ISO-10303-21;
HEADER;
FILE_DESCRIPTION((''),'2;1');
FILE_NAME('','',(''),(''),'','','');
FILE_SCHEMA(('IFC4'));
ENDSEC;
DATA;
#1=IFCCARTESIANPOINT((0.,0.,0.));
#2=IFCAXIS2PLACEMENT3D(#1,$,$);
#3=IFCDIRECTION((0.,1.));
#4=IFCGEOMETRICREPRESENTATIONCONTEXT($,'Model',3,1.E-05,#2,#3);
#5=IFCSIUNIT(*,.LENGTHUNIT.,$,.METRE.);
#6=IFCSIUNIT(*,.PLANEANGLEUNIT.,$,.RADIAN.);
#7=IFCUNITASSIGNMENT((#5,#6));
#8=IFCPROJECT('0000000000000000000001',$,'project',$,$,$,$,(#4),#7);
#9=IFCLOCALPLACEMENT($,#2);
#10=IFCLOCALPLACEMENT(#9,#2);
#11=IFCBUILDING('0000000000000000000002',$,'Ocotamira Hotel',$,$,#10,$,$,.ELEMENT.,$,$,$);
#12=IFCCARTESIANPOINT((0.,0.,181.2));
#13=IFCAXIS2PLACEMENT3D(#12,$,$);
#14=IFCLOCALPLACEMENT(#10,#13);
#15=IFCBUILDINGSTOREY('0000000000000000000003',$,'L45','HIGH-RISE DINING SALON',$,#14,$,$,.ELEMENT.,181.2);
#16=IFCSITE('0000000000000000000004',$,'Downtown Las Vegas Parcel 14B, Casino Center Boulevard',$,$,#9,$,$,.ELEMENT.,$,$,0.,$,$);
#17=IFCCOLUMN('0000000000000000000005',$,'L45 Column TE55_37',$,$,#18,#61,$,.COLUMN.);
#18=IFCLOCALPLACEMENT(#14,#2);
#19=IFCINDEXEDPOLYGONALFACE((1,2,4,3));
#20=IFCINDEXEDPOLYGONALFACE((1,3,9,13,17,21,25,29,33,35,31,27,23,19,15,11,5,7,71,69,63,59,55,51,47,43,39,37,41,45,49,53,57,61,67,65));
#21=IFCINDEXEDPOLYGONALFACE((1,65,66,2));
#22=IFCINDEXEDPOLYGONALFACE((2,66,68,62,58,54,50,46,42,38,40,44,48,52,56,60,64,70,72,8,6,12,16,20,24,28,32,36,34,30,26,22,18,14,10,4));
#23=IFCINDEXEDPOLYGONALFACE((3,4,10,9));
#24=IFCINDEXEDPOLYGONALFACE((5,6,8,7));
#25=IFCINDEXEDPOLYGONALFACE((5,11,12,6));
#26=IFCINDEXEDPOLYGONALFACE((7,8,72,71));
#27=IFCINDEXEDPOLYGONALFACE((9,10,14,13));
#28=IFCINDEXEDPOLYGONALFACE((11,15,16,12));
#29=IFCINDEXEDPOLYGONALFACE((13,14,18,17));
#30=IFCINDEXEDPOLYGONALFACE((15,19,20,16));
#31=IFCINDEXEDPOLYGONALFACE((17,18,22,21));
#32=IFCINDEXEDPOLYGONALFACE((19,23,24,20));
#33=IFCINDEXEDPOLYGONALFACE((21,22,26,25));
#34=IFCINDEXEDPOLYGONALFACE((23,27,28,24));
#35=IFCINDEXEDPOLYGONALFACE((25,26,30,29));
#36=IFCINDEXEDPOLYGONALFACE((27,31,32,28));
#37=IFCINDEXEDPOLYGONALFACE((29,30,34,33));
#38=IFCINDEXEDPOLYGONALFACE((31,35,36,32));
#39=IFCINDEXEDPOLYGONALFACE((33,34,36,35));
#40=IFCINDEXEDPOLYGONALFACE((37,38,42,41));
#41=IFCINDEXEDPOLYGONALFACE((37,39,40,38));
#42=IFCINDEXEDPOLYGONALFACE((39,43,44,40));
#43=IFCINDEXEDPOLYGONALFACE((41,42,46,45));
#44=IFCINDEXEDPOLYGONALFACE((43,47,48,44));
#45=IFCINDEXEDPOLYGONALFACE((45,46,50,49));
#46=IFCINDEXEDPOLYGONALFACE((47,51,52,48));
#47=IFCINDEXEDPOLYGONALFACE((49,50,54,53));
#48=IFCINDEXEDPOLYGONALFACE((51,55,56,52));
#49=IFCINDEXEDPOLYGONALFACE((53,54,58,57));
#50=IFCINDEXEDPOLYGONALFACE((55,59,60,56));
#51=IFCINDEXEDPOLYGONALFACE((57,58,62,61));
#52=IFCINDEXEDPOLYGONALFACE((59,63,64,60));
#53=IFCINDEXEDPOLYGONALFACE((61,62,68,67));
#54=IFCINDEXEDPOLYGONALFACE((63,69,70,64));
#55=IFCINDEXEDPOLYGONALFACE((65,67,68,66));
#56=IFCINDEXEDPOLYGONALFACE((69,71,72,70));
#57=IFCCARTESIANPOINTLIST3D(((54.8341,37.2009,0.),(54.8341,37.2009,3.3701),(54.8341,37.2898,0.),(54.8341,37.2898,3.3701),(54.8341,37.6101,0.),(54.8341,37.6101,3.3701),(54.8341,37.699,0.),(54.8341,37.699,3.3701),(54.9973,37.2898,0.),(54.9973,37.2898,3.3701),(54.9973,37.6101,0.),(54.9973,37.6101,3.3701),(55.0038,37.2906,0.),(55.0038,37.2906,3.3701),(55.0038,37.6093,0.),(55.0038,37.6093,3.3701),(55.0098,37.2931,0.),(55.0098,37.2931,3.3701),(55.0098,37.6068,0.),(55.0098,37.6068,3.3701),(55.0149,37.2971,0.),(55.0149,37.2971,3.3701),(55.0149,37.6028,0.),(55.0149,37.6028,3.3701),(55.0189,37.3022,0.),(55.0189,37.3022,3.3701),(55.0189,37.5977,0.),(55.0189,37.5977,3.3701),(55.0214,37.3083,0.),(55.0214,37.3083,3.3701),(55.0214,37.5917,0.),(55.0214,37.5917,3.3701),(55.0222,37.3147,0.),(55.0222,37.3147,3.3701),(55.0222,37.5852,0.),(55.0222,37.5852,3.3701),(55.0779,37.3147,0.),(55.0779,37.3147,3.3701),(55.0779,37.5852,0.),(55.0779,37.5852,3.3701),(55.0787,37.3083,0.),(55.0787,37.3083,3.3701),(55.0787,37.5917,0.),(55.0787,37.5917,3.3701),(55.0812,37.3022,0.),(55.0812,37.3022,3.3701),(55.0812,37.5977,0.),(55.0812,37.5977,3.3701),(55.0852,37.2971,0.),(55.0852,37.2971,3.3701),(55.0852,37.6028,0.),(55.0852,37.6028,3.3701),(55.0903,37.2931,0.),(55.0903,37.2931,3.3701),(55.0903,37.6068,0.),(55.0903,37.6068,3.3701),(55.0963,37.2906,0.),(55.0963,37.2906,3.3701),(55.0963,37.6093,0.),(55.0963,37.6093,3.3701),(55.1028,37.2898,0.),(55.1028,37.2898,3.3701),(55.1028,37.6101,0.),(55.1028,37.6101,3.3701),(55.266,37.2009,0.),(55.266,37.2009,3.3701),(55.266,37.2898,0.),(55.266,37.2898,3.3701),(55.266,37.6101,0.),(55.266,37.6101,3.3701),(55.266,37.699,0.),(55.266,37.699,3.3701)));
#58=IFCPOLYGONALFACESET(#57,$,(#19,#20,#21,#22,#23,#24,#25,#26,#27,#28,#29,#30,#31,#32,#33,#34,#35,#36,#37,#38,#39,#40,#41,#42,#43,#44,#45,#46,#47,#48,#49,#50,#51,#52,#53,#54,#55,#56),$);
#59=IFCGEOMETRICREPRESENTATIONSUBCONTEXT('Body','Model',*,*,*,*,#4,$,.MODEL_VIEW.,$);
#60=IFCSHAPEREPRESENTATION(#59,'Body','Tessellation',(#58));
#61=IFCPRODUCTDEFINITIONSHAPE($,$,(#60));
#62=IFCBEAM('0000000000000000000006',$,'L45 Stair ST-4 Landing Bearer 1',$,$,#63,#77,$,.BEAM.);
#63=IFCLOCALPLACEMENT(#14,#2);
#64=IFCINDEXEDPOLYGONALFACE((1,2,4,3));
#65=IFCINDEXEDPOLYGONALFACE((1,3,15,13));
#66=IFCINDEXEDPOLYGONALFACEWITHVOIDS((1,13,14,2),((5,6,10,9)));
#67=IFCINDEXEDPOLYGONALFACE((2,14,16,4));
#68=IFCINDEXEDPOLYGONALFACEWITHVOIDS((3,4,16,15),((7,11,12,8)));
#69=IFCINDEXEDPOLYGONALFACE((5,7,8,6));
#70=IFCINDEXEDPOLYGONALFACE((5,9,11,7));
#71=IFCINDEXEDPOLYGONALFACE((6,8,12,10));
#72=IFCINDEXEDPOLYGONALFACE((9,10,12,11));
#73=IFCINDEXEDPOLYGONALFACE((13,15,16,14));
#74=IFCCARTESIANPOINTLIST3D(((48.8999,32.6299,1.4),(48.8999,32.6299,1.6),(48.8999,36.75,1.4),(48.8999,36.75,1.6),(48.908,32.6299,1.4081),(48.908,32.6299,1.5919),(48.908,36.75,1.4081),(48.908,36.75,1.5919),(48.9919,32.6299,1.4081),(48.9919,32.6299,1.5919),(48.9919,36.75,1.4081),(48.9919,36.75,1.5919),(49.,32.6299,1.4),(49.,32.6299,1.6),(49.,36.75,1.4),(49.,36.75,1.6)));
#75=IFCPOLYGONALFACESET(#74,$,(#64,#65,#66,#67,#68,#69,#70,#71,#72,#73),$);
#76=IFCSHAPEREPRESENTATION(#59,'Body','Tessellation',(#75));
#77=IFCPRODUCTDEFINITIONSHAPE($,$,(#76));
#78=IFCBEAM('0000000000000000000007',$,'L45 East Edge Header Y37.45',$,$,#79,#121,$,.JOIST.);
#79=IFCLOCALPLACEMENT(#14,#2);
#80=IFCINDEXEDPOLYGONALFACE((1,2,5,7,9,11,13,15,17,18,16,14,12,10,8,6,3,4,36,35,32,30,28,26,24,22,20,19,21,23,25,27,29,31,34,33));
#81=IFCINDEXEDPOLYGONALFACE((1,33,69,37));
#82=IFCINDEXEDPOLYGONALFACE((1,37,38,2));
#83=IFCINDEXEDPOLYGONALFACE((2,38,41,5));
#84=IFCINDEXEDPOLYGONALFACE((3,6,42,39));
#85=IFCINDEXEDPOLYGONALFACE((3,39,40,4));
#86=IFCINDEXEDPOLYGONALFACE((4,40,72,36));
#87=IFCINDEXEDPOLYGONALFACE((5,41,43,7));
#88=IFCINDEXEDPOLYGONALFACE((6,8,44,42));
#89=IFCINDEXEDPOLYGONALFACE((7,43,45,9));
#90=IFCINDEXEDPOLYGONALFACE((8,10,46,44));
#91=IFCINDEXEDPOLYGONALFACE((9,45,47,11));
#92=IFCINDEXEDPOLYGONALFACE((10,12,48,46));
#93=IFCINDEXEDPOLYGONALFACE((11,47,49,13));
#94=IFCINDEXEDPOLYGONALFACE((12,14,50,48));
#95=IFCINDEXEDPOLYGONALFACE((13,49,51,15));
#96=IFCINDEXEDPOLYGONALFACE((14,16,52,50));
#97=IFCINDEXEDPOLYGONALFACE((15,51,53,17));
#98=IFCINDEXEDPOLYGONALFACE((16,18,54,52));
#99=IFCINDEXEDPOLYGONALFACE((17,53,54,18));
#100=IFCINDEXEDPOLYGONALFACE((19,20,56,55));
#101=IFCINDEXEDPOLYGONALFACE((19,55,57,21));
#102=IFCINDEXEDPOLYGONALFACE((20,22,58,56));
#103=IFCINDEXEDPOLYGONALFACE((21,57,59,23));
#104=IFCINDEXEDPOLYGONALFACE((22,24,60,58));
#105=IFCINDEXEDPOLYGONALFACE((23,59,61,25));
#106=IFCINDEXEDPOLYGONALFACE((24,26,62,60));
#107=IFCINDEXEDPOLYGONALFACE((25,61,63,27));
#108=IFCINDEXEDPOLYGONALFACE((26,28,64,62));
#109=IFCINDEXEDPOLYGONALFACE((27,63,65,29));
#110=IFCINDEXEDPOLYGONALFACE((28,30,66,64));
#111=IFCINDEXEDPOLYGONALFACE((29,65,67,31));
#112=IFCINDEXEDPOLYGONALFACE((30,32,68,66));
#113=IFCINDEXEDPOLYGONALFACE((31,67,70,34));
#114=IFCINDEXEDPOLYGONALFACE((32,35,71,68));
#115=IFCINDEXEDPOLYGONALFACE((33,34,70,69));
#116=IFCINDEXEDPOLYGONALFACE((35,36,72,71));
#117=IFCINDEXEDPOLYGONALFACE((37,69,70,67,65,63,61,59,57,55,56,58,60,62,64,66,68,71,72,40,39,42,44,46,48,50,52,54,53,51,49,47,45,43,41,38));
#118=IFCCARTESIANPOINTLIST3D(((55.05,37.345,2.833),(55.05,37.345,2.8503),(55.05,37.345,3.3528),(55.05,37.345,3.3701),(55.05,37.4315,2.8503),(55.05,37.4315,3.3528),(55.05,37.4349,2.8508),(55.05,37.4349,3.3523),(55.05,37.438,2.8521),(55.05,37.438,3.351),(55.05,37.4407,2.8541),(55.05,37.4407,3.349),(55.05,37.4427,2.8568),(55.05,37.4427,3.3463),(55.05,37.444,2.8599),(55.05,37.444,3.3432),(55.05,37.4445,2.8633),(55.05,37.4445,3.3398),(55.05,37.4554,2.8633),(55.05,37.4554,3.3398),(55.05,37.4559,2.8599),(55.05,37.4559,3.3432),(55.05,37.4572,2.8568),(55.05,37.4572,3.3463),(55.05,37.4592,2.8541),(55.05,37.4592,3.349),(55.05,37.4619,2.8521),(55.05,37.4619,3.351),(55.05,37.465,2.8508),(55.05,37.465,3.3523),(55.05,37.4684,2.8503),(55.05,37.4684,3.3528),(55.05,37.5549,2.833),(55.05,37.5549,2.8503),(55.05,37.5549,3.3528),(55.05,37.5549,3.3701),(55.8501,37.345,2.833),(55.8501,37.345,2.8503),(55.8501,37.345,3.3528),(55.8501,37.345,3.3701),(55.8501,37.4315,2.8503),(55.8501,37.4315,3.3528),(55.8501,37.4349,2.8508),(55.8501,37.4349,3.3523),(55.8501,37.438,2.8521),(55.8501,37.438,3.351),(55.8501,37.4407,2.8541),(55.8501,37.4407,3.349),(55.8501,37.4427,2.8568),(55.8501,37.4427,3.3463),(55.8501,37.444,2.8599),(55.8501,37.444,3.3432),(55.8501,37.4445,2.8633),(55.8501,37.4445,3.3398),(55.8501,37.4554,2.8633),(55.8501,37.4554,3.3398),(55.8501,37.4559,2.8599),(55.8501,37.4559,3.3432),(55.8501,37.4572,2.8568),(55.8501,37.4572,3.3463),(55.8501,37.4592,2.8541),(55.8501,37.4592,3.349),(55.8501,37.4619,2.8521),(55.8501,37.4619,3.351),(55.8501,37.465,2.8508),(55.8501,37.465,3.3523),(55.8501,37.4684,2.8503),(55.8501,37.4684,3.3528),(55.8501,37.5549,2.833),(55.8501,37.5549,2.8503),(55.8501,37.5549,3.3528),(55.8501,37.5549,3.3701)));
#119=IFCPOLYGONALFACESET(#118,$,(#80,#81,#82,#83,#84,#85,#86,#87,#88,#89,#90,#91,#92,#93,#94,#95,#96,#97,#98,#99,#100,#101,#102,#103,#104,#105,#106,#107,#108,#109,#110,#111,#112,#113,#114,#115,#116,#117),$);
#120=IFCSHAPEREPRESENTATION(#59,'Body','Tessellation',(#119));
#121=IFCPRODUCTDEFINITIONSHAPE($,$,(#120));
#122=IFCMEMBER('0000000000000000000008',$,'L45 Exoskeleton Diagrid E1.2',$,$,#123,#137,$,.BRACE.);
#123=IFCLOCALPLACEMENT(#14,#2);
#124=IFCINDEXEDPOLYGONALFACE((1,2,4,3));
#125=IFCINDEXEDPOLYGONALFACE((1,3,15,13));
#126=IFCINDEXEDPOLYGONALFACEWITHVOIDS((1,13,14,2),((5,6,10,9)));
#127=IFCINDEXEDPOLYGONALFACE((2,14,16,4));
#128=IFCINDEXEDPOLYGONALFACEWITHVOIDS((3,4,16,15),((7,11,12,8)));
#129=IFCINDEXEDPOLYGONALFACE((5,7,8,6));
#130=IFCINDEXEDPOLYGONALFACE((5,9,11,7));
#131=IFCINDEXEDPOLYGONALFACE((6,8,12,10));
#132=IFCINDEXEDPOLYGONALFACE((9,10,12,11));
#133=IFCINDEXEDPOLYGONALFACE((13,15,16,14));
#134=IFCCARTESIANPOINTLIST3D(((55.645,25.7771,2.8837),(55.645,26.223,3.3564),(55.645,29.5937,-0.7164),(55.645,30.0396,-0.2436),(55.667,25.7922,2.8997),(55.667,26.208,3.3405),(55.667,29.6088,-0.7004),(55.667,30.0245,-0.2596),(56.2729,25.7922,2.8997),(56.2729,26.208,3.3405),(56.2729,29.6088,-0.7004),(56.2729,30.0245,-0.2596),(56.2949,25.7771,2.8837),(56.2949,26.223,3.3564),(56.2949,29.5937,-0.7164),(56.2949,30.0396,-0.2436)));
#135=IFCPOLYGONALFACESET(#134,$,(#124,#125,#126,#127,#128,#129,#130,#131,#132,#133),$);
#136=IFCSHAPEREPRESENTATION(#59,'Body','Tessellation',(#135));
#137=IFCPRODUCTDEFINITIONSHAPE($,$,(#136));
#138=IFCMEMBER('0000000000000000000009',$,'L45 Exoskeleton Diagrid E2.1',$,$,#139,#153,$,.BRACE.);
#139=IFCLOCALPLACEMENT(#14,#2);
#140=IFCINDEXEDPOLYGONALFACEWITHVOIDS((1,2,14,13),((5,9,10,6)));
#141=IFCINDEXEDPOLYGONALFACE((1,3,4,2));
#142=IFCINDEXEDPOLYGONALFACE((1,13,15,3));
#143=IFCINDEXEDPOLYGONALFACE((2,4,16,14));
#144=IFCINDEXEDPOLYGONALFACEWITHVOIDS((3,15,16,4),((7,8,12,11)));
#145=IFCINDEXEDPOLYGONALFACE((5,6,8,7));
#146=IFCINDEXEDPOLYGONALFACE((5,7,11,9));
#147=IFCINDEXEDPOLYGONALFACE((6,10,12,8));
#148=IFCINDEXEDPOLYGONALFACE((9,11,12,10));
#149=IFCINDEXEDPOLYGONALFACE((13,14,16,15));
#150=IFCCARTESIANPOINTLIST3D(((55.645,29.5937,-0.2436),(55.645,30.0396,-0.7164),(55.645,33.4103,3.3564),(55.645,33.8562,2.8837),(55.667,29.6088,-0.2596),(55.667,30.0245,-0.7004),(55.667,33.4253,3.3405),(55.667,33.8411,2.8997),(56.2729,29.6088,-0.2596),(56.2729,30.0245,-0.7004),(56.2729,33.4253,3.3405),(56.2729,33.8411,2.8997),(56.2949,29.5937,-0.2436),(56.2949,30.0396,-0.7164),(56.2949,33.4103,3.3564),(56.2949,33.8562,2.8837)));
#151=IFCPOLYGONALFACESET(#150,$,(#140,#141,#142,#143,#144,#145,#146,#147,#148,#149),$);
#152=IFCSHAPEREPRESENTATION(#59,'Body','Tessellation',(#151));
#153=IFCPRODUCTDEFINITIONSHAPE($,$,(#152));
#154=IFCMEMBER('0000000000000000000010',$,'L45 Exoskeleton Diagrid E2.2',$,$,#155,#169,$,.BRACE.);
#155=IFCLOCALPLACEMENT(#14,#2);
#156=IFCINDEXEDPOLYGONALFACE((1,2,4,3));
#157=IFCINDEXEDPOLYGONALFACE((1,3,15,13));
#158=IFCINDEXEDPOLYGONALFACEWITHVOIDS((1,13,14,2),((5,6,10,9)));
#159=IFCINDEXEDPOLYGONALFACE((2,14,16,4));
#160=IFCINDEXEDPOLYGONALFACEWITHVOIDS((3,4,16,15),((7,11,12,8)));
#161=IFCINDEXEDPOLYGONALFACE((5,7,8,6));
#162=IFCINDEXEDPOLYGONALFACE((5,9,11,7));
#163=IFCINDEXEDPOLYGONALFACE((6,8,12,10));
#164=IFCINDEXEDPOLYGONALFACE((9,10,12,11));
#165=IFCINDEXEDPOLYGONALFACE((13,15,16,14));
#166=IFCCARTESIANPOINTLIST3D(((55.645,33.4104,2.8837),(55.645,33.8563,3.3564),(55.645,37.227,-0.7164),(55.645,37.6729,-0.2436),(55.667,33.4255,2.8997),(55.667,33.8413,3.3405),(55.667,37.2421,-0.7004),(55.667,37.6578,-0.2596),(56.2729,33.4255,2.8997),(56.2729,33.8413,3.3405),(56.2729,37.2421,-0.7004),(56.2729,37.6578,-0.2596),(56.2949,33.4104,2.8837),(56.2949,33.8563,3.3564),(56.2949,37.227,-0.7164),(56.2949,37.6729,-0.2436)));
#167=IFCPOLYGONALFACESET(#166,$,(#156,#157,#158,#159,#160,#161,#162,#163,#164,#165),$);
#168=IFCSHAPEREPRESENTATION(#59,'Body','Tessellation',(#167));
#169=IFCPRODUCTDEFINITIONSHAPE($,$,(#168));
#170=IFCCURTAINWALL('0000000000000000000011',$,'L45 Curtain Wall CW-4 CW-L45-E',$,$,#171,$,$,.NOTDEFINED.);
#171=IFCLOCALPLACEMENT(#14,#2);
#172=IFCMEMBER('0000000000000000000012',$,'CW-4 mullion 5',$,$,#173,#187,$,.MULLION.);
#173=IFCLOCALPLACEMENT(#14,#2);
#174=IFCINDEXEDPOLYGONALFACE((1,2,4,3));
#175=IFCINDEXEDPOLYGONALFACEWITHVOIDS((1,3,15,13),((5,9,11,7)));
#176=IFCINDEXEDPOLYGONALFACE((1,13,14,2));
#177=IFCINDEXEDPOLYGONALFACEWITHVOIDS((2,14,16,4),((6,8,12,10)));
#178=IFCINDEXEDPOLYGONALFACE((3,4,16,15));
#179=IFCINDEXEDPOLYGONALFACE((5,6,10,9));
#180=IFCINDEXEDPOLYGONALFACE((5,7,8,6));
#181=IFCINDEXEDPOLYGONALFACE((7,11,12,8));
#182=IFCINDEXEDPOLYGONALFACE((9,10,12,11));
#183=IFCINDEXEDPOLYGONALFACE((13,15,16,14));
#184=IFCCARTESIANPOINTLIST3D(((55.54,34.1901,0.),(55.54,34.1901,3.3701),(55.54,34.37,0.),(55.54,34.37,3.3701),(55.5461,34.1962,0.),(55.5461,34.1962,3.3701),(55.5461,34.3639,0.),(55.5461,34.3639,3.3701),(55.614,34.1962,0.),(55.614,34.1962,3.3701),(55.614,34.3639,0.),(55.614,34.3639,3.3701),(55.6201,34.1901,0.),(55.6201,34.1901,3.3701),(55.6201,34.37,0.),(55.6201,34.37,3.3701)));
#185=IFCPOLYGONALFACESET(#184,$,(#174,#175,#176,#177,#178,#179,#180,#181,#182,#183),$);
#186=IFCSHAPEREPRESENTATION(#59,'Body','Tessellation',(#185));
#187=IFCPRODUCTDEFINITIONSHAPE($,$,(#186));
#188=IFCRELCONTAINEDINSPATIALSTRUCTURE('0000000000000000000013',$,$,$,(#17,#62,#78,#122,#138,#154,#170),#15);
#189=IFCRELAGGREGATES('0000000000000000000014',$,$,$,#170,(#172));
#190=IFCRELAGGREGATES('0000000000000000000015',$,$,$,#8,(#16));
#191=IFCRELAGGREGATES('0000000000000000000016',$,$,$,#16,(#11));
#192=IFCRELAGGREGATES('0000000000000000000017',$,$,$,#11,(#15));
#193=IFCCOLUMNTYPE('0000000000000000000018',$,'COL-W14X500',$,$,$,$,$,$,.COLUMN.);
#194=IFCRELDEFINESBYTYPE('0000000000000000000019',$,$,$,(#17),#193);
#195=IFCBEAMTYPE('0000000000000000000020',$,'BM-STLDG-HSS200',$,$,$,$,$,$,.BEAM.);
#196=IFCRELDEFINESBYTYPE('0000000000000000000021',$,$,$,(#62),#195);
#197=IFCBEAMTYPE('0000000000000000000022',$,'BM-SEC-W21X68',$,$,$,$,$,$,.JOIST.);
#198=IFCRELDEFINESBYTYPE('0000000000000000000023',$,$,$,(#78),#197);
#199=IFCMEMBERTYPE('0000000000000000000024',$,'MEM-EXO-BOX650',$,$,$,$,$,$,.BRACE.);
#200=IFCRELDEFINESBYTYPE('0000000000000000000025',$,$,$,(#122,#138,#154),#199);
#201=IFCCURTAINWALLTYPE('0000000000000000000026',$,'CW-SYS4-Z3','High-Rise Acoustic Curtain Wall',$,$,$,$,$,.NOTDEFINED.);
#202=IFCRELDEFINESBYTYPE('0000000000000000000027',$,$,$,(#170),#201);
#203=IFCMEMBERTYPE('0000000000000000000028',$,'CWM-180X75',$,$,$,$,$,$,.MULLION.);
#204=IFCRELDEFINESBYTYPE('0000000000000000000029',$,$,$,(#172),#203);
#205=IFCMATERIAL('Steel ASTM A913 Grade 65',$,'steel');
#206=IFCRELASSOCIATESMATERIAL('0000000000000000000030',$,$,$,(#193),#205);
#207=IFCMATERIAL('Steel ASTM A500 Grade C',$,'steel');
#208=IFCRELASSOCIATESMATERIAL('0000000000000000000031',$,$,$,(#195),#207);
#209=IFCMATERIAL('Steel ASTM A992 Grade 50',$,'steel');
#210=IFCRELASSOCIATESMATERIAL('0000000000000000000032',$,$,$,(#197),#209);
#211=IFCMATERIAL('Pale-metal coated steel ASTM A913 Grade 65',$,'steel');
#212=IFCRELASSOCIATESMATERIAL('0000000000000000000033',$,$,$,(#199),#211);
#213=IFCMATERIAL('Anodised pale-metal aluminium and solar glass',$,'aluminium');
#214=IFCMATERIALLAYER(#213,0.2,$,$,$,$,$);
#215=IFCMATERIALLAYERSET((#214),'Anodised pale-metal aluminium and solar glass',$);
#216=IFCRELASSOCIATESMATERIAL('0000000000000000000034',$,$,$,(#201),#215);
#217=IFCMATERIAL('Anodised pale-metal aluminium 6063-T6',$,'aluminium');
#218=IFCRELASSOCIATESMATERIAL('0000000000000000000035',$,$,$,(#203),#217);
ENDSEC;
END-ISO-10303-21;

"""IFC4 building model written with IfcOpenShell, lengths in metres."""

from ifc_helpers import new_model, si_unit, direction, frame, origin, origin_2d, place, context, subcontext, project, spatial, hollow_rectangle, i_section, extrude, source, transform, mapped, material, layer, layer_set, material_profile, profile_set, type_object, element, aggregate, save


model = new_model("IFC4")

# Units and contexts
model_context = context("Model", 3, precision=1e-05, world=origin(), true_north=direction((0.0, 1.0)))
body_context = subcontext(model_context, "Body", "Model", "MODEL_VIEW")
ifc_project = project(units=[si_unit("LENGTHUNIT", "METRE"), si_unit("PLANEANGLEUNIT", "RADIAN")], contexts=[model_context])

# Site, building, storey
site_placement = place(None, origin())
site = spatial("IfcSite", under=ifc_project, at=site_placement, Name="Downtown Las Vegas Parcel 14B, Casino Center Boulevard", CompositionType="ELEMENT", RefElevation=0.0)
building_placement = place(site_placement, origin())
building = spatial("IfcBuilding", under=site, at=building_placement, Name="Ocotamira Hotel", CompositionType="ELEMENT")
storey_placement = place(building_placement, frame((0.0, 0.0, 181.2)))
storey = spatial("IfcBuildingStorey", under=building, at=storey_placement, Name="L45", Description="HIGH-RISE DINING SALON", CompositionType="ELEMENT", Elevation=181.2)

# Column
ifc_material_1 = material(Name="Steel ASTM A913 Grade 65", Category="steel")
ifc_material_profile_1 = material_profile(ifc_material_1, i_section(OverallWidth=0.4319, OverallDepth=0.498, WebThickness=0.0557, FlangeThickness=0.0889, FilletRadius=0.0249, at=origin_2d()), Name="W14X500")
ifc_profile_set_1 = profile_set([ifc_material_profile_1], Name="Steel ASTM A913 Grade 65")
column_type = type_object("IfcColumnType", Name="COL-W14X500", PredefinedType="COLUMN", material=ifc_profile_set_1)
shared_shape_1 = source(origin(), body_context, "Body", "SweptSolid", [
    extrude(i_section(OverallWidth=0.4319, OverallDepth=0.498, WebThickness=0.0557, FlangeThickness=0.0889, FilletRadius=0.0249, at=origin_2d()), origin(), (0.0, 0.0, 1.0), 3.3701),
])
column_placement = place(storey_placement, frame((55.05, 37.45, 0.0), z_axis=(0.0, 0.0, 1.0), x_axis=(1.0, 0.0, 0.0)))
element("IfcColumn", 1, at=column_placement, inside=storey, type_object=column_type, Name="L45 Column TE55_37", PredefinedType="COLUMN", context=body_context, shape_type="MappedRepresentation", body=[
    mapped(shared_shape_1, transform((0.0, 0.0, 0.0), scale=1.0)),
])

# Beams
ifc_material_2 = material(Name="Steel ASTM A500 Grade C", Category="steel")
ifc_material_profile_2 = material_profile(ifc_material_2, hollow_rectangle(XDim=0.1001, YDim=0.2, WallThickness=0.0081, at=origin_2d()), Name="HSS200X100X8")
ifc_profile_set_2 = profile_set([ifc_material_profile_2], Name="Steel ASTM A500 Grade C")
beam_type_1 = type_object("IfcBeamType", Name="BM-STLDG-HSS200", PredefinedType="BEAM", material=ifc_profile_set_2)
shared_shape_2 = source(origin(), body_context, "Body", "SweptSolid", [
    extrude(hollow_rectangle(XDim=0.1001, YDim=0.2, WallThickness=0.0081, at=origin_2d()), origin(), (0.0, 0.0, 1.0), 4.1201),
])
beam_1_placement = place(storey_placement, frame((48.95, 32.6299, 1.5), z_axis=(0.0, 1.0, 0.0), x_axis=(-1.0, 0.0, 0.0)))
element("IfcBeam", 2, at=beam_1_placement, inside=storey, type_object=beam_type_1, Name="L45 Stair ST-4 Landing Bearer 1", PredefinedType="BEAM", context=body_context, shape_type="MappedRepresentation", body=[
    mapped(shared_shape_2, transform((0.0, 0.0, 0.0), scale=1.0)),
])
ifc_material_3 = material(Name="Steel ASTM A992 Grade 50", Category="steel")
ifc_material_profile_3 = material_profile(ifc_material_3, i_section(OverallWidth=0.21, OverallDepth=0.5371, WebThickness=0.011, FlangeThickness=0.0173, FilletRadius=0.0129, at=origin_2d()), Name="W21X68")
ifc_profile_set_3 = profile_set([ifc_material_profile_3], Name="Steel ASTM A992 Grade 50")
beam_type_2 = type_object("IfcBeamType", Name="BM-SEC-W21X68", PredefinedType="JOIST", material=ifc_profile_set_3)
shared_shape_3 = source(origin(), body_context, "Body", "SweptSolid", [
    extrude(i_section(OverallWidth=0.21, OverallDepth=0.5371, WebThickness=0.011, FlangeThickness=0.0173, FilletRadius=0.0129, at=origin_2d()), origin(), (0.0, 0.0, 1.0), 0.8),
])
beam_2_placement = place(storey_placement, frame((55.05, 37.45, 3.1016), z_axis=(1.0, 0.0, 0.0), x_axis=(0.0, 1.0, 0.0)))
element("IfcBeam", 3, at=beam_2_placement, inside=storey, type_object=beam_type_2, Name="L45 East Edge Header Y37.45", PredefinedType="JOIST", context=body_context, shape_type="MappedRepresentation", body=[
    mapped(shared_shape_3, transform((0.0, 0.0, 0.0), scale=1.0)),
])

# Members
ifc_material_4 = material(Name="Pale-metal coated steel ASTM A913 Grade 65", Category="steel")
ifc_material_profile_4 = material_profile(ifc_material_4, hollow_rectangle(XDim=0.6499, YDim=0.6499, WallThickness=0.022, at=origin_2d()), Name="BOX650X650X22")
ifc_profile_set_4 = profile_set([ifc_material_profile_4], Name="Pale-metal coated steel ASTM A913 Grade 65")
member_type_1 = type_object("IfcMemberType", Name="MEM-EXO-BOX650", PredefinedType="BRACE", material=ifc_profile_set_4)
shared_shape_4 = source(origin(), body_context, "Body", "SweptSolid", [
    extrude(hollow_rectangle(XDim=0.6499, YDim=0.6499, WallThickness=0.022, at=origin_2d()), origin(), (0.0, 0.0, 1.0), 5.2466),
])
for number, where, z_axis, x_axis, name in (
    (4, (55.97, 29.8167, -0.48), (0.0, -0.727443, 0.686168), (1.0, 0.0, 0.0), "L45 Exoskeleton Diagrid E1.2"),
    (5, (55.97, 29.8167, -0.48), (0.0, 0.727443, 0.686168), (-1.0, 0.0, 0.0), "L45 Exoskeleton Diagrid E2.1"),
    (6, (55.97, 37.45, -0.48), (0.0, -0.727443, 0.686168), (1.0, 0.0, 0.0), "L45 Exoskeleton Diagrid E2.2"),
):
    element("IfcMember", number, at=place(storey_placement, frame(where, z_axis=z_axis, x_axis=x_axis)), inside=storey, type_object=member_type_1, Name=name, PredefinedType="BRACE", context=body_context, shape_type="MappedRepresentation", body=[
        mapped(shared_shape_4, transform((0.0, 0.0, 0.0), scale=1.0)),
    ])

# Curtain wall, member
ifc_material_5 = material(Name="Anodised pale-metal aluminium and solar glass", Category="aluminium")
ifc_layer_1 = layer(ifc_material_5, 0.2)
ifc_layer_set_1 = layer_set([ifc_layer_1], Name="Anodised pale-metal aluminium and solar glass")
curtain_wall_type = type_object("IfcCurtainWallType", Name="CW-SYS4-Z3", Description="High-Rise Acoustic Curtain Wall", PredefinedType="NOTDEFINED", material=ifc_layer_set_1)
curtain_wall_placement = place(storey_placement, origin())
curtain_wall = element("IfcCurtainWall", 7, at=curtain_wall_placement, inside=storey, type_object=curtain_wall_type, Name="L45 Curtain Wall CW-4 CW-L45-E", PredefinedType="NOTDEFINED")
ifc_material_6 = material(Name="Anodised pale-metal aluminium 6063-T6", Category="aluminium")
ifc_material_profile_5 = material_profile(ifc_material_6, hollow_rectangle(XDim=0.0801, YDim=0.1799, WallThickness=0.0061, at=origin_2d()), Name="HSS180X80X6")
ifc_profile_set_5 = profile_set([ifc_material_profile_5], Name="Anodised pale-metal aluminium 6063-T6")
member_type_2 = type_object("IfcMemberType", Name="CWM-180X75", PredefinedType="MULLION", material=ifc_profile_set_5)
shared_shape_5 = source(origin(), body_context, "Body", "SweptSolid", [
    extrude(hollow_rectangle(XDim=0.0801, YDim=0.1799, WallThickness=0.0061, at=origin_2d()), origin(), (0.0, 0.0, 1.0), 3.3701),
])
member_1_placement = place(storey_placement, frame((55.5801, 34.28, 0.0), z_axis=(0.0, 0.0, 1.0), x_axis=(-1.0, 0.0, 0.0)))
member_1 = element("IfcMember", 8, at=member_1_placement, type_object=member_type_2, Name="CW-4 mullion 5", PredefinedType="MULLION", context=body_context, shape_type="MappedRepresentation", body=[
    mapped(shared_shape_5, transform((0.0, 0.0, 0.0), scale=1.0)),
])

aggregate(curtain_wall, [member_1])

save(model, "model.ifc")
